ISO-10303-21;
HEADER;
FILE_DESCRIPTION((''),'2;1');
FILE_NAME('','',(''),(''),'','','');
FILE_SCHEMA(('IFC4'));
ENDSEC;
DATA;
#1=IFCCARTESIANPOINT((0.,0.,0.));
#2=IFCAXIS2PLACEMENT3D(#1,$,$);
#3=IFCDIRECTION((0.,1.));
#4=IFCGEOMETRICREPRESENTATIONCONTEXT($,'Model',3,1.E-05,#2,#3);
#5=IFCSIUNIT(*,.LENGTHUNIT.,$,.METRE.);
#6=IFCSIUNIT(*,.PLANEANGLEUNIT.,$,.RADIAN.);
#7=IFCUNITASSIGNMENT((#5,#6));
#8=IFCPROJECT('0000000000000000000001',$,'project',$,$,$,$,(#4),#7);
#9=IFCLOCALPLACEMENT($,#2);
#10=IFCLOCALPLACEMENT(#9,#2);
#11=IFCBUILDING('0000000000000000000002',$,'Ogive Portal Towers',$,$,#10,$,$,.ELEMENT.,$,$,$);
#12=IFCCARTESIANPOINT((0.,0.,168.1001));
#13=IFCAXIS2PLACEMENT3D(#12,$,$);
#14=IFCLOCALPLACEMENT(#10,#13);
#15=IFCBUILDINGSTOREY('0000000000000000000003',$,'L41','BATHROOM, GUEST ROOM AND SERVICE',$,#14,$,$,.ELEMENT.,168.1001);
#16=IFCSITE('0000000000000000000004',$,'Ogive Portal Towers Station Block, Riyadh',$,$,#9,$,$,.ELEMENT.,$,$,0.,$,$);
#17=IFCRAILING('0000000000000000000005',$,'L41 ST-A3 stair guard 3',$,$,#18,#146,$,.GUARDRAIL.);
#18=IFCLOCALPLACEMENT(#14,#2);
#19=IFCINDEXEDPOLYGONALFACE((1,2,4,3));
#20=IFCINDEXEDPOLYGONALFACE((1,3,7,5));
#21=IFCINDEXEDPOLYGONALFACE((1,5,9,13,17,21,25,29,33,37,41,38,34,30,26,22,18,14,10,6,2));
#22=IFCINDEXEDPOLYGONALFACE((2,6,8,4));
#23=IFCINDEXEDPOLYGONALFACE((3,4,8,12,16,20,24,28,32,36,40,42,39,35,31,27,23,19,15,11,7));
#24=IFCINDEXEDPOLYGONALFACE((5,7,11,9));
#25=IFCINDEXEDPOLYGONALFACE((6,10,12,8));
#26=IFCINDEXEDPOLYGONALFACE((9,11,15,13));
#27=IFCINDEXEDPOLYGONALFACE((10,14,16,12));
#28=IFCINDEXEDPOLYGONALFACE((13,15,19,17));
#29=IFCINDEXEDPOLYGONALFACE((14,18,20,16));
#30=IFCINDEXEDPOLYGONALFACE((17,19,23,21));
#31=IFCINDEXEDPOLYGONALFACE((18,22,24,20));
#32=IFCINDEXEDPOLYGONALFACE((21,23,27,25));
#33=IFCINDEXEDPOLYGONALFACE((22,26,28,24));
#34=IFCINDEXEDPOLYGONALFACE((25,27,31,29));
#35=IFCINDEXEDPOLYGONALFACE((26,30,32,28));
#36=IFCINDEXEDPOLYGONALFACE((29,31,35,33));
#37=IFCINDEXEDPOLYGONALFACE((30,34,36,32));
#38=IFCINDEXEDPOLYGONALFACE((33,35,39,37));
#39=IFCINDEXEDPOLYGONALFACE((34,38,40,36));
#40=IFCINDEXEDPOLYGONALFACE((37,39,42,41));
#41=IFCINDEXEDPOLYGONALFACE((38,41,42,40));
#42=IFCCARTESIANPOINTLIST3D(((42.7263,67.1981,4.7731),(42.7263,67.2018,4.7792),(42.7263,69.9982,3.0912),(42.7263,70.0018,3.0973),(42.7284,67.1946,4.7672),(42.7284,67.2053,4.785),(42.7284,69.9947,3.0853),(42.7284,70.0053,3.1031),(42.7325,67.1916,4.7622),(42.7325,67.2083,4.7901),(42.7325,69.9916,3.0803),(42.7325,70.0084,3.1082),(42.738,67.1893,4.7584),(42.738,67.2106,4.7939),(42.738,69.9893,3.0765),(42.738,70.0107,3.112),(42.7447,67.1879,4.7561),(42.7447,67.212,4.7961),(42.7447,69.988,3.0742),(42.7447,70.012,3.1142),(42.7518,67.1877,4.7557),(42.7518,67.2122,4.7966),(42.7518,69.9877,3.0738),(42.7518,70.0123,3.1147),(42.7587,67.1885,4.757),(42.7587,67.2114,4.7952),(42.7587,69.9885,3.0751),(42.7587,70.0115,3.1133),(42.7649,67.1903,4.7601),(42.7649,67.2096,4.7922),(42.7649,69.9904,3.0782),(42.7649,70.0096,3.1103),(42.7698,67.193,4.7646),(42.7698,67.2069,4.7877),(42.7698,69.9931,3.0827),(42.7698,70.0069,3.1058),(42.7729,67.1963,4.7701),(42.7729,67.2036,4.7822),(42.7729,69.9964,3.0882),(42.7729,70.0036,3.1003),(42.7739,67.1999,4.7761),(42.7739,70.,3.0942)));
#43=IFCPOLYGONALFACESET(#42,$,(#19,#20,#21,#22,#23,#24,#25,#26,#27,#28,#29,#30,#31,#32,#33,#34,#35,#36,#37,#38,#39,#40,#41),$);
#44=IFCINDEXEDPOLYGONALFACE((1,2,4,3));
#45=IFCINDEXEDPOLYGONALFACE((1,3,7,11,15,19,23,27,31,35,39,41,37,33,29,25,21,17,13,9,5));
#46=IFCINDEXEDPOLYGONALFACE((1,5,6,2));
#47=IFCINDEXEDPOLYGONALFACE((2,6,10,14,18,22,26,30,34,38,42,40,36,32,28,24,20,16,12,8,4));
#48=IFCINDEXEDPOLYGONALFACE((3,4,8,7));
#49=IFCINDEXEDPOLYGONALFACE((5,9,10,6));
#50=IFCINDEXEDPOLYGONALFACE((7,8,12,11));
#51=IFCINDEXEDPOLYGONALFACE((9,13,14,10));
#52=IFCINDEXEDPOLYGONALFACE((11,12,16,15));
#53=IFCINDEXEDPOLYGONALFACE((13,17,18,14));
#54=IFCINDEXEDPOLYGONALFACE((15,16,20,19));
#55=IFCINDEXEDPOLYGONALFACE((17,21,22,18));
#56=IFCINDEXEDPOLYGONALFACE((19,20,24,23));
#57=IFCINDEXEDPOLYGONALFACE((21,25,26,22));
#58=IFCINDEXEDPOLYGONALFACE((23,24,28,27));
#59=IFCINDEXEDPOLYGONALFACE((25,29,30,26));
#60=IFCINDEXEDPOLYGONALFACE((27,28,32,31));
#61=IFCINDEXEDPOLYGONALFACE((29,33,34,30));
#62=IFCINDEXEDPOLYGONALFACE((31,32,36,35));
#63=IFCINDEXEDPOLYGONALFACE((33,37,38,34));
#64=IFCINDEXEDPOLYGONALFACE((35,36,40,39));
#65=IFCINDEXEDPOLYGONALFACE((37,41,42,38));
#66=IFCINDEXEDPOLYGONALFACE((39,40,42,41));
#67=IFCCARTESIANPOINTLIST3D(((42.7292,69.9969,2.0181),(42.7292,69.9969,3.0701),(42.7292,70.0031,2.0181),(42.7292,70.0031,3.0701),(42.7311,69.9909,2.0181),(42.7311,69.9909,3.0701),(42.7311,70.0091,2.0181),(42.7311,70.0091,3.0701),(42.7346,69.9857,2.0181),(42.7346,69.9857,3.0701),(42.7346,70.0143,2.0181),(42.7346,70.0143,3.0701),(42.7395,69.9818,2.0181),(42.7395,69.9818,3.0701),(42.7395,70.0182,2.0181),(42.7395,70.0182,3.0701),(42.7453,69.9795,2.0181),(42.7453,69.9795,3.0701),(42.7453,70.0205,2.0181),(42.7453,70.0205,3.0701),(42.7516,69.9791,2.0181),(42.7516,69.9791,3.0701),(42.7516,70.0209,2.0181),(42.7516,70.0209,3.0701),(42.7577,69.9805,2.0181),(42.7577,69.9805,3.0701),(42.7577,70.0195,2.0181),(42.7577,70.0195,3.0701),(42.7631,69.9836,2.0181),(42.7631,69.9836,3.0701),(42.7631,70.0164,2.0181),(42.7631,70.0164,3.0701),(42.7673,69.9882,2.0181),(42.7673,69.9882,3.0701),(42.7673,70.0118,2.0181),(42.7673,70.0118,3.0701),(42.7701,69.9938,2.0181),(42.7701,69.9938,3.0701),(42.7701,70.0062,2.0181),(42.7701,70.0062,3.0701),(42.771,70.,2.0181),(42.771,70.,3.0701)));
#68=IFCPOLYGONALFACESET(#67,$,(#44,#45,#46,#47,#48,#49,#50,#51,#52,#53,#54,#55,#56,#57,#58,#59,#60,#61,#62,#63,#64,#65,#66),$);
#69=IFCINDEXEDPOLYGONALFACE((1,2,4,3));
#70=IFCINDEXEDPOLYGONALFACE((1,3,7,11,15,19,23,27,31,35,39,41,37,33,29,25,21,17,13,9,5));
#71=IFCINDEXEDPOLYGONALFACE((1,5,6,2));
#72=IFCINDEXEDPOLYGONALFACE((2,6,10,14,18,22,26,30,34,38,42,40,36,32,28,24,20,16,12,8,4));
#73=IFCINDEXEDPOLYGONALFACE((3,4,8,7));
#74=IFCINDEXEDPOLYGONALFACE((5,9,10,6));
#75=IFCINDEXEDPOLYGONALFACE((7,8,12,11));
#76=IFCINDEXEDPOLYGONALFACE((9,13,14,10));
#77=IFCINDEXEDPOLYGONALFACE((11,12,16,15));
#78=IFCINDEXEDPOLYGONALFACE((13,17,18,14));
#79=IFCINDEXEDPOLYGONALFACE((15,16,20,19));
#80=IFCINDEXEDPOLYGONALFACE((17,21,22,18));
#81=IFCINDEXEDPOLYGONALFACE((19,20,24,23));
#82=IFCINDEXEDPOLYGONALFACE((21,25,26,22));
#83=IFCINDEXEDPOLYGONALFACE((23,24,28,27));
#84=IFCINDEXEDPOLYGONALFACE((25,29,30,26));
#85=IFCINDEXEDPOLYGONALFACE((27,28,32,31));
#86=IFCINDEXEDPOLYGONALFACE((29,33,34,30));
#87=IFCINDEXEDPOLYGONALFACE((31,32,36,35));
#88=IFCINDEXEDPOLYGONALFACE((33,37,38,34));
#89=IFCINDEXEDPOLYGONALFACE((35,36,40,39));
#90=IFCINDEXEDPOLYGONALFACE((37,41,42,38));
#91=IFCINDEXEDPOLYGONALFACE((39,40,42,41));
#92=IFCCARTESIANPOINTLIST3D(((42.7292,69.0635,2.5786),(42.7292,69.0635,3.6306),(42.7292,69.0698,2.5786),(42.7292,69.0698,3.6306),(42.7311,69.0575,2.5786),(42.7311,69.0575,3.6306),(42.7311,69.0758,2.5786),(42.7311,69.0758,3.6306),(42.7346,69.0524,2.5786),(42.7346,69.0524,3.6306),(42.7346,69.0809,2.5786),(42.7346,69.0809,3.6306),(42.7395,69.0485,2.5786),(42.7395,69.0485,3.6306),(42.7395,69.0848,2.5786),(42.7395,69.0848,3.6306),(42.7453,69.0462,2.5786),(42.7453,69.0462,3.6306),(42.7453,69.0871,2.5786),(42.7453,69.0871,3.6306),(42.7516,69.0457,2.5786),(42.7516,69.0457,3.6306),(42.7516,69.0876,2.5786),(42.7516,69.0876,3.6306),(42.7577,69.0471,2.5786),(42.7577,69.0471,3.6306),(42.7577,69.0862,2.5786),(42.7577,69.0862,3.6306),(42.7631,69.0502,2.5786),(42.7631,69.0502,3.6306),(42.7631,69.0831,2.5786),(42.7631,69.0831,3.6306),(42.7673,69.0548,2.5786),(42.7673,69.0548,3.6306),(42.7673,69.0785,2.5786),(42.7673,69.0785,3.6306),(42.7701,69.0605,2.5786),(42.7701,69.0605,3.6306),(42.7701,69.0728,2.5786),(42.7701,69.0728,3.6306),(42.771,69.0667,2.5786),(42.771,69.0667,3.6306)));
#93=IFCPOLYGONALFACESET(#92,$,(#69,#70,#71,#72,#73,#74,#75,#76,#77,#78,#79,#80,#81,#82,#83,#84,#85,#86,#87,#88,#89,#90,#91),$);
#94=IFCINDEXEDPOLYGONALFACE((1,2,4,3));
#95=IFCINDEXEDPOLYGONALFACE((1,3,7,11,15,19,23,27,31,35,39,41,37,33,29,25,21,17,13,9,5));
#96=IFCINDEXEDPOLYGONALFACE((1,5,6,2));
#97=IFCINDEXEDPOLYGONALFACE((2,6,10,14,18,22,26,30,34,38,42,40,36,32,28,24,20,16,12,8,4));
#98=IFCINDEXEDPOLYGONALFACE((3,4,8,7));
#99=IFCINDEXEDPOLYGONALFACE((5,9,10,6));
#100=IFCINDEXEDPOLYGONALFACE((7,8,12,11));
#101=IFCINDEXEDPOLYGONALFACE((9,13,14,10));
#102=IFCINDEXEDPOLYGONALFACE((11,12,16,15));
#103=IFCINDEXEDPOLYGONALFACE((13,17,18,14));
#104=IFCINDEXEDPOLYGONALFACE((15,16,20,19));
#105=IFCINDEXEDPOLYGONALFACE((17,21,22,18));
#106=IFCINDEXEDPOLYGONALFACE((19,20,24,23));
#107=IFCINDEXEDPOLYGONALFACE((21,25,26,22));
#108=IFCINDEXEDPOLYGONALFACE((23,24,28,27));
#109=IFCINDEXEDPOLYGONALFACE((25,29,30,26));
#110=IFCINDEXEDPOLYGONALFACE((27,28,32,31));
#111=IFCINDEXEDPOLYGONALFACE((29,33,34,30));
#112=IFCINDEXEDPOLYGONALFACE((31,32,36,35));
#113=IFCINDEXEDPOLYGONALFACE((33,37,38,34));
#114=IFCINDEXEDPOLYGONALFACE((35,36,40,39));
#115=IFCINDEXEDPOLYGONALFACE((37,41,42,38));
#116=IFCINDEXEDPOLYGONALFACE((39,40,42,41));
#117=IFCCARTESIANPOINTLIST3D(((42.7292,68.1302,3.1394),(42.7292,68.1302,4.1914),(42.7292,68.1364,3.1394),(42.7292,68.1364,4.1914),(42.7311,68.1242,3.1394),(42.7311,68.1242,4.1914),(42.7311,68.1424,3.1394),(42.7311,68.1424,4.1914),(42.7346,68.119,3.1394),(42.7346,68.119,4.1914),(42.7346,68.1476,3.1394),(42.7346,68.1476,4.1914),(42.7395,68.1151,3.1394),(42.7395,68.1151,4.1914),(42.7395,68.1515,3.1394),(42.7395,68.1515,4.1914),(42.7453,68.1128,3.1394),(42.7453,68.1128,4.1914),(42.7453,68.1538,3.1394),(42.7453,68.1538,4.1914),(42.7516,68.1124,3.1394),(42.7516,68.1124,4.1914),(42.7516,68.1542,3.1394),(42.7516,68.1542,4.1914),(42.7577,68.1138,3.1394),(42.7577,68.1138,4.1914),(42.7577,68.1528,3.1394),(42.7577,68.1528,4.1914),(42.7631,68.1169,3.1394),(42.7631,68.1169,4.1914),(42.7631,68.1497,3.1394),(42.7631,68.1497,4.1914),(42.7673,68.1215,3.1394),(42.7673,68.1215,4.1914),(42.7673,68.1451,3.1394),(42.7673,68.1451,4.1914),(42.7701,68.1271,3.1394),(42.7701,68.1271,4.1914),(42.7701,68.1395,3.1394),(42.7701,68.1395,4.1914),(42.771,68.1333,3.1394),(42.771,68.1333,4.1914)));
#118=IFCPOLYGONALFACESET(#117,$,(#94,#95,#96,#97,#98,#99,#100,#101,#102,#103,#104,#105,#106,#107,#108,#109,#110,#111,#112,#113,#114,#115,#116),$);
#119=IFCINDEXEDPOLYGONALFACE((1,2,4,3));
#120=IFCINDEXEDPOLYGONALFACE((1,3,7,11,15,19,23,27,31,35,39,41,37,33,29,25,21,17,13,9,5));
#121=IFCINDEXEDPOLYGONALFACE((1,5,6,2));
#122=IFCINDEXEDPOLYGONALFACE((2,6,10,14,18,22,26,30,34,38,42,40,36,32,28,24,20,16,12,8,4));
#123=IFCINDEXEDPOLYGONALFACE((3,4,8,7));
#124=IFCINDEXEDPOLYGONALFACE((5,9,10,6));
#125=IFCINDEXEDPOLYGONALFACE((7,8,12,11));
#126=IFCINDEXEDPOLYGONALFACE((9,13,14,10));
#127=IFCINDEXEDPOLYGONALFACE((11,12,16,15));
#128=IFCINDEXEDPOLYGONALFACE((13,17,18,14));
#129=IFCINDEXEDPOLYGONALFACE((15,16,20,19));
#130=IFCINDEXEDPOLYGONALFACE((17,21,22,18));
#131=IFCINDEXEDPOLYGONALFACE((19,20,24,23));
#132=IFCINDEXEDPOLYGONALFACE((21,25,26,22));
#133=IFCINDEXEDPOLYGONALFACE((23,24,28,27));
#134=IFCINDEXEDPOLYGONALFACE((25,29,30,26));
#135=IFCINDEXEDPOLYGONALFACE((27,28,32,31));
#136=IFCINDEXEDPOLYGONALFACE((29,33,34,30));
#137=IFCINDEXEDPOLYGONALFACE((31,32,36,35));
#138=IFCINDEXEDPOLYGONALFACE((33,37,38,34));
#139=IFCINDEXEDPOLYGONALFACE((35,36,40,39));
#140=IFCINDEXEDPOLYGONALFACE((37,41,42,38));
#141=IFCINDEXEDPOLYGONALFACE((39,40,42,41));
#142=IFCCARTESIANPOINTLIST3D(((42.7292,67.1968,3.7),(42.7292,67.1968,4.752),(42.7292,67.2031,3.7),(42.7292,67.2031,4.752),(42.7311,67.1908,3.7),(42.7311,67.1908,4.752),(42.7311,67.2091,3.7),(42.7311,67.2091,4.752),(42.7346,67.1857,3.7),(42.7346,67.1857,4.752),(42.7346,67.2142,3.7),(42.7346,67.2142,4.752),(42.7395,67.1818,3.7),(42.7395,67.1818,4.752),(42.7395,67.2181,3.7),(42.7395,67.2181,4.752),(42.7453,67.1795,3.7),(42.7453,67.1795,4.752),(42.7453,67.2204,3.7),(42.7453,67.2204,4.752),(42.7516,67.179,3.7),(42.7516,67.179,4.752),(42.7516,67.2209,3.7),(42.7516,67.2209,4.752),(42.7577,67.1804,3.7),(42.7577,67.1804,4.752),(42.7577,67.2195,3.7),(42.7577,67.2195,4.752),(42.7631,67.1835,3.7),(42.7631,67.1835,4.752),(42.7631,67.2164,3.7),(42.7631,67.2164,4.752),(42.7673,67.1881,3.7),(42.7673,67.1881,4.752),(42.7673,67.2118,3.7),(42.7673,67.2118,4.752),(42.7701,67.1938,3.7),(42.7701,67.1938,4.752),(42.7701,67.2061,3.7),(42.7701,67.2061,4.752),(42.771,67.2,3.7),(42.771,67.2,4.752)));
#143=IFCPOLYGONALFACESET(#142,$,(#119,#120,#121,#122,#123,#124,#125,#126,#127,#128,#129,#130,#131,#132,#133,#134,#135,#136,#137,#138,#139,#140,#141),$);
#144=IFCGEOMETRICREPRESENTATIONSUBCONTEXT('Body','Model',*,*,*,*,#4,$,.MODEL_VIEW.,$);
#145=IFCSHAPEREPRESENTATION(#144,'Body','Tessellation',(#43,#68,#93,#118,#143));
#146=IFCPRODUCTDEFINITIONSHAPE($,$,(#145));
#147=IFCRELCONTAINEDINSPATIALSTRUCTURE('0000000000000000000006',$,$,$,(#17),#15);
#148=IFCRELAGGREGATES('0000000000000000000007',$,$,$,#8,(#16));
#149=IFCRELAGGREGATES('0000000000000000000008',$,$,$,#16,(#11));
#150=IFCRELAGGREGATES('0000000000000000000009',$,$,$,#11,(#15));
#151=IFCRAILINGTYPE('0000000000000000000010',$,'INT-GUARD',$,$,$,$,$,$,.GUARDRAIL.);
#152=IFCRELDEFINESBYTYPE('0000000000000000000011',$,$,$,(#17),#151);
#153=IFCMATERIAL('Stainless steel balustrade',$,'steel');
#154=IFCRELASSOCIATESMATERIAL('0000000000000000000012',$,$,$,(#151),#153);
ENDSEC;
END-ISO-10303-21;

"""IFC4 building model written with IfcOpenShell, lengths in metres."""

from ifc_helpers import new_model, si_unit, direction, frame, origin, origin_2d, place, context, subcontext, project, spatial, circle, extrude, material, type_object, element, save


model = new_model("IFC4")

# Units and contexts
model_context = context("Model", 3, precision=1e-05, world=origin(), true_north=direction((0.0, 1.0)))
body_context = subcontext(model_context, "Body", "Model", "MODEL_VIEW")
ifc_project = project(units=[si_unit("LENGTHUNIT", "METRE"), si_unit("PLANEANGLEUNIT", "RADIAN")], contexts=[model_context])

# Site, building, storey
site_placement = place(None, origin())
site = spatial("IfcSite", under=ifc_project, at=site_placement, Name="Ogive Portal Towers Station Block, Riyadh", CompositionType="ELEMENT", RefElevation=0.0)
building_placement = place(site_placement, origin())
building = spatial("IfcBuilding", under=site, at=building_placement, Name="Ogive Portal Towers", CompositionType="ELEMENT")
storey_placement = place(building_placement, frame((0.0, 0.0, 168.1001)))
storey = spatial("IfcBuildingStorey", under=building, at=storey_placement, Name="L41", Description="BATHROOM, GUEST ROOM AND SERVICE", CompositionType="ELEMENT", Elevation=168.1001)

# Railing
ifc_material_1 = material(Name="Stainless steel balustrade", Category="steel")
railing_type_1 = type_object("IfcRailingType", Name="INT-GUARD", PredefinedType="GUARDRAIL", material=ifc_material_1)
railing_1_placement = place(storey_placement, frame((42.75, 70.0, 2.0181)))
element("IfcRailing", 1, at=railing_1_placement, inside=storey, type_object=railing_type_1, Name="L41 ST-A3 stair guard 3", PredefinedType="GUARDRAIL", context=body_context, shape_type="SweptSolid", body=[
    extrude(circle(Radius=0.0239, at=origin_2d()), frame((0.0, 0.0, 1.0762), z_axis=(0.0, -0.857242, 0.514913), x_axis=(1.0, 0.0, 0.0)), (0.0, 0.0, 1.0), 3.2664),
    extrude(circle(Radius=0.021, at=origin_2d()), origin(), (0.0, 0.0, 1.0), 1.052),
    extrude(circle(Radius=0.021, at=origin_2d()), frame((0.0, -0.9333, 0.5605)), (0.0, 0.0, 1.0), 1.052),
    extrude(circle(Radius=0.021, at=origin_2d()), frame((0.0, -1.8667, 1.1213)), (0.0, 0.0, 1.0), 1.052),
    extrude(circle(Radius=0.021, at=origin_2d()), frame((0.0, -2.8, 1.6819)), (0.0, 0.0, 1.0), 1.052),
])

save(model, "model.ifc")
